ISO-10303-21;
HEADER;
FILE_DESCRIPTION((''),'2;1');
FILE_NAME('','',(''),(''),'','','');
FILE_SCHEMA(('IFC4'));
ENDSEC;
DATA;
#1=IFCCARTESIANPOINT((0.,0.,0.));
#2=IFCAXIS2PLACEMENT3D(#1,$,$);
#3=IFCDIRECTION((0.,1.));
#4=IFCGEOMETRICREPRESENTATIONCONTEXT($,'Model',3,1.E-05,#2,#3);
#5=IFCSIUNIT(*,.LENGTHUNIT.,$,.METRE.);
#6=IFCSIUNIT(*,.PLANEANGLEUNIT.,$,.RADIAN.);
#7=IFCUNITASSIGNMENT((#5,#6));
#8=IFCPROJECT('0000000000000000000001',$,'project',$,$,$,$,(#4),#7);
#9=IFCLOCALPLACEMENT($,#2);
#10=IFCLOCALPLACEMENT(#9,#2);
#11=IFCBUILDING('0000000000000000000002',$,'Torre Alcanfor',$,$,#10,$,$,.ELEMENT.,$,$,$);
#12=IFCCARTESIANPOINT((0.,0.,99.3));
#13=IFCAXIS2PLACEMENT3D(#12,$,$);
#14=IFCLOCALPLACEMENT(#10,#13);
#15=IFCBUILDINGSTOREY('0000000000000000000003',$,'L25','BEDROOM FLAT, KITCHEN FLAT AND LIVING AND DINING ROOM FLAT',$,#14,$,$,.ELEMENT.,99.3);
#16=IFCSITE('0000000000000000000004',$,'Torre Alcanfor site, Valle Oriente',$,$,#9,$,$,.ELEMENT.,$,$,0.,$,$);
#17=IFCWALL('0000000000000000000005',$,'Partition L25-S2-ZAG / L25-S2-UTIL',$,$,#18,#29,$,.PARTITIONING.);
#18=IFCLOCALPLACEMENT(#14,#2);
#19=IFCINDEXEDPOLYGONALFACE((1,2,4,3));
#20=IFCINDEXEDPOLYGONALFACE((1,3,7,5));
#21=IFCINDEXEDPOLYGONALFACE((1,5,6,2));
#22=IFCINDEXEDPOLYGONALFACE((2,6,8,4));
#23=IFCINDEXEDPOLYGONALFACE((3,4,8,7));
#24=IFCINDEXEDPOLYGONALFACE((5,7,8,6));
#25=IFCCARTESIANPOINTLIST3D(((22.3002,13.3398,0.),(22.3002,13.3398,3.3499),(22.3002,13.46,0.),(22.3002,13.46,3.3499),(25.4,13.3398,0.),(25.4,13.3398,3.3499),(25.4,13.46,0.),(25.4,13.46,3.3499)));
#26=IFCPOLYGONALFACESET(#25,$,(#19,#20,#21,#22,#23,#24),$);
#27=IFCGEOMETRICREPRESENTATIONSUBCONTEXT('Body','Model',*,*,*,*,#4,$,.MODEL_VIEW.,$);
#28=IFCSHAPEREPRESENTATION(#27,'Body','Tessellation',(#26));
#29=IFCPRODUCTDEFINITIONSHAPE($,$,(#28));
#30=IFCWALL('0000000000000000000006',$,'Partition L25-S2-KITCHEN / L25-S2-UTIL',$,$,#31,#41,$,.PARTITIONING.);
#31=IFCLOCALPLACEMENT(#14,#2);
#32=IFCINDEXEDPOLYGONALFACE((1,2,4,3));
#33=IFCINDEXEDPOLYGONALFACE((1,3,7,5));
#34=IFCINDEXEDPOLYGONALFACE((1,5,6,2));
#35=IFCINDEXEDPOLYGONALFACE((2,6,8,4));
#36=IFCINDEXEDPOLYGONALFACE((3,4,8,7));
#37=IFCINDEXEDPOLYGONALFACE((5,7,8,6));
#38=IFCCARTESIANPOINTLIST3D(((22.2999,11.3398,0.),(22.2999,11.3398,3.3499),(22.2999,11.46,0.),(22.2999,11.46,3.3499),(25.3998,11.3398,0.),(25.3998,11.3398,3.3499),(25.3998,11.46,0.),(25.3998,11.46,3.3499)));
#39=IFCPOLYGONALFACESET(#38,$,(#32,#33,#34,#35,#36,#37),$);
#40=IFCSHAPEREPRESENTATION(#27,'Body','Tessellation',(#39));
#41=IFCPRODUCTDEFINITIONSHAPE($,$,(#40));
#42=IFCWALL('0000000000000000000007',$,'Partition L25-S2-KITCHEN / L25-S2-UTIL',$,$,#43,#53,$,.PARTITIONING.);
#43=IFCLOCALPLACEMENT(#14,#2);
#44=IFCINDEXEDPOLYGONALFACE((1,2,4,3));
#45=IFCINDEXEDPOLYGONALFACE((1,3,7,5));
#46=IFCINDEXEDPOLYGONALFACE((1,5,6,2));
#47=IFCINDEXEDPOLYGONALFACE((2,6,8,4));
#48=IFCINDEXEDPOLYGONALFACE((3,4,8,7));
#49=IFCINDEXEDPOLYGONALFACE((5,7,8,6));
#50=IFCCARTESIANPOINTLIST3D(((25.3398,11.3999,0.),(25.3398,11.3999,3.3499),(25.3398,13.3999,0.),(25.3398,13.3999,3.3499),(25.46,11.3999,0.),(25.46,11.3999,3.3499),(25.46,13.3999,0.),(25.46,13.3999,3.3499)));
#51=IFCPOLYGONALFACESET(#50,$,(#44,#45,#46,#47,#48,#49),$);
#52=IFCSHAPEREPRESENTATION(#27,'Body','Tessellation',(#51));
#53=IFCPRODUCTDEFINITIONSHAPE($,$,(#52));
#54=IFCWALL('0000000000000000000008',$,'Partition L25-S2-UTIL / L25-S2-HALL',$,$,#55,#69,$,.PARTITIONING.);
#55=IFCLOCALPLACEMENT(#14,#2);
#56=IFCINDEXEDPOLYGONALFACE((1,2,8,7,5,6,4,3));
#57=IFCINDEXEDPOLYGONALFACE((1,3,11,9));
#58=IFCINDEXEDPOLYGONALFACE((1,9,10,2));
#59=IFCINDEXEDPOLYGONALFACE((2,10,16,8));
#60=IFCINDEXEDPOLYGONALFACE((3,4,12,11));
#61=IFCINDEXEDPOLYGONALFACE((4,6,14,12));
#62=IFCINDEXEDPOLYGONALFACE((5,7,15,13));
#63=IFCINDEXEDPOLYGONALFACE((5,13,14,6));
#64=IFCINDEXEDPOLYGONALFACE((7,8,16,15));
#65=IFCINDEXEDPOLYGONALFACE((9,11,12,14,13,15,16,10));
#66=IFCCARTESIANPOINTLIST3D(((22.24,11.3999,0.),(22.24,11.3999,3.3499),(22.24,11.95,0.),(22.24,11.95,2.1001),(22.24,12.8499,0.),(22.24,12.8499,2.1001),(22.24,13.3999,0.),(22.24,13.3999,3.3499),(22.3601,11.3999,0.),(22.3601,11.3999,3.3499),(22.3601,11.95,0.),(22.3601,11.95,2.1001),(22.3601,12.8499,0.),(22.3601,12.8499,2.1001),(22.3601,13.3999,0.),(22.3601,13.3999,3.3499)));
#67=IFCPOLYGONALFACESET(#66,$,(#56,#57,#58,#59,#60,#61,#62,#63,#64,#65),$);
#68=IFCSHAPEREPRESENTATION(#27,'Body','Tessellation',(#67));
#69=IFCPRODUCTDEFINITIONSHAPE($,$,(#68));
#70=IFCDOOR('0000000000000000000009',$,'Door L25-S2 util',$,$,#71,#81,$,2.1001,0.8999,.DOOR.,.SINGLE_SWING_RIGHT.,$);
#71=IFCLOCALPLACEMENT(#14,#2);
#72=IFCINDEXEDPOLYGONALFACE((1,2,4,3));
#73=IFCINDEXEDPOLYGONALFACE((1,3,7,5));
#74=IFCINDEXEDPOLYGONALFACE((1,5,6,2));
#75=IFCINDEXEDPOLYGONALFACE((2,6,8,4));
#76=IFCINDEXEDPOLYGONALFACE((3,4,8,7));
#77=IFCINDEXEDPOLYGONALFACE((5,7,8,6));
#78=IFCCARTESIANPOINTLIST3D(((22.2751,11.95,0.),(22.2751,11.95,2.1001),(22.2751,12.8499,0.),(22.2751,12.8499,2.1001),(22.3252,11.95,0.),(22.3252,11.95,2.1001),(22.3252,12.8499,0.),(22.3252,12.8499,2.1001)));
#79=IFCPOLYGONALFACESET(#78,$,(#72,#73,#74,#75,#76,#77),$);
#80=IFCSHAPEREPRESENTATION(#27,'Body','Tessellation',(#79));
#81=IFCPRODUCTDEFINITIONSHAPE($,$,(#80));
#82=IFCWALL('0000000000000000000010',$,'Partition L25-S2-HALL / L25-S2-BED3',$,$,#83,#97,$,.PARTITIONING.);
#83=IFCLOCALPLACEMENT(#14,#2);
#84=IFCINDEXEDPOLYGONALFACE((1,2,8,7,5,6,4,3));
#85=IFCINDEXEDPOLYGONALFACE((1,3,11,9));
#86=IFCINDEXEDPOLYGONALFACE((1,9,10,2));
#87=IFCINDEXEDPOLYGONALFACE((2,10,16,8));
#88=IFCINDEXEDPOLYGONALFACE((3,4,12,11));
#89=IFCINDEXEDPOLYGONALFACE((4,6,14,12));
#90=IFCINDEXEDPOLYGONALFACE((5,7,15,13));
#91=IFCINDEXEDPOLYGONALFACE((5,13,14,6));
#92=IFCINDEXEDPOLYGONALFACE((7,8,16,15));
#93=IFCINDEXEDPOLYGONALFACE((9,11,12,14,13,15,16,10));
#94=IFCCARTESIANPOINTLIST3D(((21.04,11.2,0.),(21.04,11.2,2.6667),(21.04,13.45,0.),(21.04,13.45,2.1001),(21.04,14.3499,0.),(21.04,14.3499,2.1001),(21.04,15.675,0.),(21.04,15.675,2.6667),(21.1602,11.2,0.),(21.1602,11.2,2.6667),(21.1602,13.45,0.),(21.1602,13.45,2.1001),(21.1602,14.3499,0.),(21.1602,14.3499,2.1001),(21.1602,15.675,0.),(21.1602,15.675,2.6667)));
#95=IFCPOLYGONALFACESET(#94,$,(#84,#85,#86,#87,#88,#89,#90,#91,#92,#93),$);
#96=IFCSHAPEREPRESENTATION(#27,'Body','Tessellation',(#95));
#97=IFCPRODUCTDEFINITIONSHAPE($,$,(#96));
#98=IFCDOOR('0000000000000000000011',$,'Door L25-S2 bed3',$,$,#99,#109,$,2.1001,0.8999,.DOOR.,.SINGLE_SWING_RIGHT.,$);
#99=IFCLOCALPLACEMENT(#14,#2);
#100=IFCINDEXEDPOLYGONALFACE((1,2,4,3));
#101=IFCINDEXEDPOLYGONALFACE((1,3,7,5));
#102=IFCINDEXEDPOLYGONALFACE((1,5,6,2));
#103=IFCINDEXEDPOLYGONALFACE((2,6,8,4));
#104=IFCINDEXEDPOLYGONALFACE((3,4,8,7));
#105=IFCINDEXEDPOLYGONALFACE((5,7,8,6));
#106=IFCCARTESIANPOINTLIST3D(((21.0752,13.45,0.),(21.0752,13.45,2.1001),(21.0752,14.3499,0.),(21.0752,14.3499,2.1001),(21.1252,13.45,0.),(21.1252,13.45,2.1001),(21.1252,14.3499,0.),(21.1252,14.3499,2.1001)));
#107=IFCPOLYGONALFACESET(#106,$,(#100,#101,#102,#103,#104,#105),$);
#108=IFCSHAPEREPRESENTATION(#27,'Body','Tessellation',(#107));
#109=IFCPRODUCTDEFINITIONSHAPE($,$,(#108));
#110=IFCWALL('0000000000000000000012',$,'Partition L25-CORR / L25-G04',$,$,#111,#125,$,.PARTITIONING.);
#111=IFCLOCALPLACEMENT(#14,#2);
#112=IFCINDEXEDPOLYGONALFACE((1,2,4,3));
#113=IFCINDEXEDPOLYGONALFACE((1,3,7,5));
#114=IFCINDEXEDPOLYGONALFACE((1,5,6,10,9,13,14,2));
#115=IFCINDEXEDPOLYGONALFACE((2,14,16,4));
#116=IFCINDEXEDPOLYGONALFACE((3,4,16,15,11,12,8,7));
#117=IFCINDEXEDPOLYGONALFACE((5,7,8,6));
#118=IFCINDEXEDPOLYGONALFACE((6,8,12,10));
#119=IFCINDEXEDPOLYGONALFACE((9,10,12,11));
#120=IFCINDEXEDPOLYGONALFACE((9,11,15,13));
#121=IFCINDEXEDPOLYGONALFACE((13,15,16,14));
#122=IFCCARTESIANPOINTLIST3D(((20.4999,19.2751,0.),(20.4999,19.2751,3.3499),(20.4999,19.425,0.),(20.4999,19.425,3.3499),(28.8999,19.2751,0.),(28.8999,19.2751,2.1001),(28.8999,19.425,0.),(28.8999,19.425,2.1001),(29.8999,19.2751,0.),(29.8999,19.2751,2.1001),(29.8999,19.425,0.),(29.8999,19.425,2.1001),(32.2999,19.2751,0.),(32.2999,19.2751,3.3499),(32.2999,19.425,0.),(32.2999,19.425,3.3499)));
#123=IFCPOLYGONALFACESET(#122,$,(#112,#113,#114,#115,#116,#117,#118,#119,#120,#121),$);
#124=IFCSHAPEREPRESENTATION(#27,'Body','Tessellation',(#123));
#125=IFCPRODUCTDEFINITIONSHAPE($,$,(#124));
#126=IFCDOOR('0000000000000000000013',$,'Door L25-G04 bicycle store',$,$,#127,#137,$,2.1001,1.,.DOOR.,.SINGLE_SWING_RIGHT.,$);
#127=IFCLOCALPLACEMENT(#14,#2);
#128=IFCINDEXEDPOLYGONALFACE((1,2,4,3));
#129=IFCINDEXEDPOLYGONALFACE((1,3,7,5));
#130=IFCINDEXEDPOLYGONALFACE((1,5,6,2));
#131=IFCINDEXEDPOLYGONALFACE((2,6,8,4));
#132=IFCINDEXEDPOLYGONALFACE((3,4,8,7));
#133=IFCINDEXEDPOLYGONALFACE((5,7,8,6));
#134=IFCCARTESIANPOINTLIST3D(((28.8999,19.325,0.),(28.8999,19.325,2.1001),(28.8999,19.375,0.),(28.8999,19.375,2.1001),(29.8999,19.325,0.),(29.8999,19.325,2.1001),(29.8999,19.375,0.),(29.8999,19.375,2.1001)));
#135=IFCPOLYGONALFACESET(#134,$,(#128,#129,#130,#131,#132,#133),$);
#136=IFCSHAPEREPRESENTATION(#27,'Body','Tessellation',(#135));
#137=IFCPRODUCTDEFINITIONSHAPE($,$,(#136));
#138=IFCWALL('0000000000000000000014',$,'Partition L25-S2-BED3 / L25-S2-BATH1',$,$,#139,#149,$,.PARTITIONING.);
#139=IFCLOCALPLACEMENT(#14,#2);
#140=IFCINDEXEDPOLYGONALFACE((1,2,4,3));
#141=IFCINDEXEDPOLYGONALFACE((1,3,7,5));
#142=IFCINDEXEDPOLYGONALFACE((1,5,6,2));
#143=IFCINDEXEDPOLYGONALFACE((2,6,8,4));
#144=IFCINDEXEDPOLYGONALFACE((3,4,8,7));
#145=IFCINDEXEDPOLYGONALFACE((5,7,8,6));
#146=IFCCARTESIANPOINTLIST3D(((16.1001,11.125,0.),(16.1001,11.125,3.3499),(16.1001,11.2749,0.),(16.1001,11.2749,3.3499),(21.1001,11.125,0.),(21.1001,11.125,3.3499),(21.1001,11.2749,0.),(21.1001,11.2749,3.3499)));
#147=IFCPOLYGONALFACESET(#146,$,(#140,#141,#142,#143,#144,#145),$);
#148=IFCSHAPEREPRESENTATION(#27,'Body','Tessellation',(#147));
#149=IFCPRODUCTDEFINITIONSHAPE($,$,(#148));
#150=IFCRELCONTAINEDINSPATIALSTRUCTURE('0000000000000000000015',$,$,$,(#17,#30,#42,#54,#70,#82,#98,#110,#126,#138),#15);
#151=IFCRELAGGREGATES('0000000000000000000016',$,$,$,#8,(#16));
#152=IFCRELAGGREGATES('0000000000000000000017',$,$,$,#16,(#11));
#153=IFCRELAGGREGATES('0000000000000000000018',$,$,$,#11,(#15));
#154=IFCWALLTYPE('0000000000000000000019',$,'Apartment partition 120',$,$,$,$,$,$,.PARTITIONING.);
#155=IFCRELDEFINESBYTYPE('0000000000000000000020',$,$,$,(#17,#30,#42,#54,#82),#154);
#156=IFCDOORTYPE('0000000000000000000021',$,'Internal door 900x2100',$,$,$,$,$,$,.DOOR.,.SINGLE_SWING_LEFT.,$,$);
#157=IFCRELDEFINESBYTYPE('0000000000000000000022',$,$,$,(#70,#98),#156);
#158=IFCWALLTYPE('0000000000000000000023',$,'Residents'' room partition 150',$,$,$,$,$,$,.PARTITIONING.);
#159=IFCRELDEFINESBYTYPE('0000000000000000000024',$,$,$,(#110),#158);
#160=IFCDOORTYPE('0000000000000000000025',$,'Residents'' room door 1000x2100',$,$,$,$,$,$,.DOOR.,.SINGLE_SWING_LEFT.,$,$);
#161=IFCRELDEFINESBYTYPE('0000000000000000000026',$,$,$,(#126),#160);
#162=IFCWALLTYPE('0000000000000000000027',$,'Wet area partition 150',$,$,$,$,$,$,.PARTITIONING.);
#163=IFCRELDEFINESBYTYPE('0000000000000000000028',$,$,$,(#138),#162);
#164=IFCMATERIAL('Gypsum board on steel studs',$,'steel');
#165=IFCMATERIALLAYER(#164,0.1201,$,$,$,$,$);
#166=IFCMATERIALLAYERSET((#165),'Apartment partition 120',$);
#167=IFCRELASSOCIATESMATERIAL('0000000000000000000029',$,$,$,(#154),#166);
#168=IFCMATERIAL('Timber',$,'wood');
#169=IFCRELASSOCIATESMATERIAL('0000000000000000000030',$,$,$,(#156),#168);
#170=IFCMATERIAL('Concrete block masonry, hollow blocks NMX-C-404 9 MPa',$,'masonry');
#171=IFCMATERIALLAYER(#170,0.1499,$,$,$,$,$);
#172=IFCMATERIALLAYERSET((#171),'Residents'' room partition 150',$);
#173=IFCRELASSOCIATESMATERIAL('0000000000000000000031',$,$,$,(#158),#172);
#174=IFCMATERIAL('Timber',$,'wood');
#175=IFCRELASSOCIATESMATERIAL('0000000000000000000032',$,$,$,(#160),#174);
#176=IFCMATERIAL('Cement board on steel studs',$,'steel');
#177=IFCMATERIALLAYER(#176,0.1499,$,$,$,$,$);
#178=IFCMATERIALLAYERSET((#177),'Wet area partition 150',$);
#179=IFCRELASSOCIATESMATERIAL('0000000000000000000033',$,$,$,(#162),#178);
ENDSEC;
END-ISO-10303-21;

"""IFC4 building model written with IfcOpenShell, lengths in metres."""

from ifc_helpers import new_model, si_unit, direction, frame, frame_2d, origin, place, context, subcontext, project, spatial, rectangle, extrude, material, layer, layer_set, type_object, element, fill, save


model = new_model("IFC4")

# Units and contexts
model_context = context("Model", 3, precision=1e-05, world=origin(), true_north=direction((0.0, 1.0)))
body_context = subcontext(model_context, "Body", "Model", "MODEL_VIEW")
ifc_project = project(units=[si_unit("LENGTHUNIT", "METRE"), si_unit("PLANEANGLEUNIT", "RADIAN")], contexts=[model_context])

# Site, building, storey
site_placement = place(None, origin())
site = spatial("IfcSite", under=ifc_project, at=site_placement, Name="Torre Alcanfor site, Valle Oriente", CompositionType="ELEMENT", RefElevation=0.0)
building_placement = place(site_placement, origin())
building = spatial("IfcBuilding", under=site, at=building_placement, Name="Torre Alcanfor", CompositionType="ELEMENT")
storey_placement = place(building_placement, frame((0.0, 0.0, 99.3)))
storey = spatial("IfcBuildingStorey", under=building, at=storey_placement, Name="L25", Description="BEDROOM FLAT, KITCHEN FLAT AND LIVING AND DINING ROOM FLAT", CompositionType="ELEMENT", Elevation=99.3)

# Walls
ifc_material_1 = material(Name="Gypsum board on steel studs", Category="steel")
ifc_layer_1 = layer(ifc_material_1, 0.1201)
ifc_layer_set_1 = layer_set([ifc_layer_1], Name="Apartment partition 120")
wall_type_1 = type_object("IfcWallType", Name="Apartment partition 120", PredefinedType="PARTITIONING", material=ifc_layer_set_1)
for number, where, z_axis, x_axis, name in (
    (1, (25.3999, 13.3999, 0.0), (0.0, 0.0, 1.0), (-1.0, 0.0, 0.0), "Partition L25-S2-ZAG / L25-S2-UTIL"),
    (2, (22.3, 11.3999, 0.0), (0.0, 0.0, 1.0), (1.0, 0.0, 0.0), "Partition L25-S2-KITCHEN / L25-S2-UTIL"),
):
    element("IfcWall", number, at=place(storey_placement, frame(where, z_axis=z_axis, x_axis=x_axis)), inside=storey, type_object=wall_type_1, Name=name, PredefinedType="PARTITIONING", context=body_context, shape_type="SweptSolid", body=[
        extrude(rectangle(XDim=3.0999, YDim=0.1201, at=frame_2d((1.5498, 0.0))), origin(), (0.0, 0.0, 1.0), 3.3499),
    ])
wall_1_placement = place(storey_placement, frame((25.3999, 11.3999, 0.0), z_axis=(0.0, 0.0, 1.0), x_axis=(0.0, 1.0, 0.0)))
element("IfcWall", 3, at=wall_1_placement, inside=storey, type_object=wall_type_1, Name="Partition L25-S2-KITCHEN / L25-S2-UTIL", PredefinedType="PARTITIONING", context=body_context, shape_type="SweptSolid", body=[
    extrude(rectangle(XDim=2.0, YDim=0.1201, at=frame_2d((1.0, 0.0))), origin(), (0.0, 0.0, 1.0), 3.3499),
])

# Walls, openings, doors
wall_2_placement = place(storey_placement, frame((22.3, 11.3999, 0.0), z_axis=(0.0, 0.0, 1.0), x_axis=(0.0, 1.0, 0.0)))
wall_2 = element("IfcWall", 4, at=wall_2_placement, inside=storey, type_object=wall_type_1, Name="Partition L25-S2-UTIL / L25-S2-HALL", PredefinedType="PARTITIONING", context=body_context, shape_type="SweptSolid", body=[
    extrude(rectangle(XDim=2.0, YDim=0.1201, at=frame_2d((1.0, 0.0))), origin(), (0.0, 0.0, 1.0), 3.3499),
])
opening_1_placement = place(wall_2_placement, frame((0.55, 0.0, 0.0)))
opening_1 = element("IfcOpeningElement", 5, at=opening_1_placement, cuts=wall_2, PredefinedType="OPENING", context=body_context, shape_type="SweptSolid", body=[
    extrude(rectangle(XDim=0.8999, YDim=2.1001, at=frame_2d((0.45, 1.05))), frame((0.0, 0.0701, 0.0), z_axis=(0.0, -1.0, 0.0), x_axis=(1.0, 0.0, 0.0)), (0.0, 0.0, 1.0), 0.1401),
])
ifc_material_2 = material(Name="Timber", Category="wood")
door_type_1 = type_object("IfcDoorType", Name="Internal door 900x2100", OperationType="SINGLE_SWING_LEFT", PredefinedType="DOOR", material=ifc_material_2)
door_1_placement = place(opening_1_placement, frame((0.8999, 0.0, 0.0), z_axis=(0.0, 0.0, 1.0), x_axis=(-1.0, 0.0, 0.0)))
door_1 = element("IfcDoor", 6, at=door_1_placement, inside=storey, type_object=door_type_1, Name="Door L25-S2 util", OperationType="SINGLE_SWING_RIGHT", OverallHeight=2.1001, OverallWidth=0.8999, PredefinedType="DOOR", context=body_context, shape_type="SweptSolid", body=[
    extrude(rectangle(XDim=0.8999, YDim=2.1001, at=frame_2d((0.45, 1.05))), frame((0.0, 0.0251, 0.0), z_axis=(0.0, -1.0, 0.0), x_axis=(1.0, 0.0, 0.0)), (0.0, 0.0, 1.0), 0.05),
])
fill(opening_1, door_1)
wall_3_placement = place(storey_placement, frame((21.1001, 11.2, 0.0), z_axis=(0.0, 0.0, 1.0), x_axis=(0.0, 1.0, 0.0)))
wall_3 = element("IfcWall", 7, at=wall_3_placement, inside=storey, type_object=wall_type_1, Name="Partition L25-S2-HALL / L25-S2-BED3", PredefinedType="PARTITIONING", context=body_context, shape_type="SweptSolid", body=[
    extrude(rectangle(XDim=4.4751, YDim=0.1201, at=frame_2d((2.2375, 0.0))), origin(), (0.0, 0.0, 1.0), 2.6667),
])
opening_2_placement = place(wall_3_placement, frame((2.25, 0.0, 0.0)))
opening_2 = element("IfcOpeningElement", 8, at=opening_2_placement, cuts=wall_3, PredefinedType="OPENING", context=body_context, shape_type="SweptSolid", body=[
    extrude(rectangle(XDim=0.8999, YDim=2.1001, at=frame_2d((0.45, 1.05))), frame((0.0, 0.0701, 0.0), z_axis=(0.0, -1.0, 0.0), x_axis=(1.0, 0.0, 0.0)), (0.0, 0.0, 1.0), 0.1401),
])
door_2_placement = place(opening_2_placement, origin())
door_2 = element("IfcDoor", 9, at=door_2_placement, inside=storey, type_object=door_type_1, Name="Door L25-S2 bed3", OperationType="SINGLE_SWING_RIGHT", OverallHeight=2.1001, OverallWidth=0.8999, PredefinedType="DOOR", context=body_context, shape_type="SweptSolid", body=[
    extrude(rectangle(XDim=0.8999, YDim=2.1001, at=frame_2d((0.45, 1.05))), frame((0.0, 0.0249, 0.0), z_axis=(0.0, -1.0, 0.0), x_axis=(1.0, 0.0, 0.0)), (0.0, 0.0, 1.0), 0.05),
])
fill(opening_2, door_2)
ifc_material_3 = material(Name="Concrete block masonry, hollow blocks NMX-C-404 9 MPa", Category="masonry")
ifc_layer_2 = layer(ifc_material_3, 0.1499)
ifc_layer_set_2 = layer_set([ifc_layer_2], Name="Residents' room partition 150")
wall_type_2 = type_object("IfcWallType", Name="Residents' room partition 150", PredefinedType="PARTITIONING", material=ifc_layer_set_2)
wall_4_placement = place(storey_placement, frame((20.5, 19.3501, 0.0), z_axis=(0.0, 0.0, 1.0), x_axis=(1.0, 0.0, 0.0)))
wall_4 = element("IfcWall", 10, at=wall_4_placement, inside=storey, type_object=wall_type_2, Name="Partition L25-CORR / L25-G04", PredefinedType="PARTITIONING", context=body_context, shape_type="SweptSolid", body=[
    extrude(rectangle(XDim=11.8, YDim=0.1499, at=frame_2d((5.8999, 0.0))), origin(), (0.0, 0.0, 1.0), 3.3499),
])
opening_3_placement = place(wall_4_placement, frame((8.3999, 0.0, 0.0)))
opening_3 = element("IfcOpeningElement", 11, at=opening_3_placement, cuts=wall_4, PredefinedType="OPENING", context=body_context, shape_type="SweptSolid", body=[
    extrude(rectangle(XDim=1.0, YDim=2.1001, at=frame_2d((0.5, 1.05))), frame((0.0, 0.085, 0.0), z_axis=(0.0, -1.0, 0.0), x_axis=(1.0, 0.0, 0.0)), (0.0, 0.0, 1.0), 0.1699),
])
ifc_material_4 = material(Name="Timber", Category="wood")
door_type_2 = type_object("IfcDoorType", Name="Residents' room door 1000x2100", OperationType="SINGLE_SWING_LEFT", PredefinedType="DOOR", material=ifc_material_4)
door_3_placement = place(opening_3_placement, origin())
door_3 = element("IfcDoor", 12, at=door_3_placement, inside=storey, type_object=door_type_2, Name="Door L25-G04 bicycle store", OperationType="SINGLE_SWING_RIGHT", OverallHeight=2.1001, OverallWidth=1.0, PredefinedType="DOOR", context=body_context, shape_type="SweptSolid", body=[
    extrude(rectangle(XDim=1.0, YDim=2.1001, at=frame_2d((0.5, 1.05))), frame((0.0, 0.0249, 0.0), z_axis=(0.0, -1.0, 0.0), x_axis=(1.0, 0.0, 0.0)), (0.0, 0.0, 1.0), 0.05),
])
fill(opening_3, door_3)

# Wall
ifc_material_5 = material(Name="Cement board on steel studs", Category="steel")
ifc_layer_3 = layer(ifc_material_5, 0.1499)
ifc_layer_set_3 = layer_set([ifc_layer_3], Name="Wet area partition 150")
wall_type_3 = type_object("IfcWallType", Name="Wet area partition 150", PredefinedType="PARTITIONING", material=ifc_layer_set_3)
wall_5_placement = place(storey_placement, frame((21.1001, 11.2, 0.0), z_axis=(0.0, 0.0, 1.0), x_axis=(-1.0, 0.0, 0.0)))
element("IfcWall", 13, at=wall_5_placement, inside=storey, type_object=wall_type_3, Name="Partition L25-S2-BED3 / L25-S2-BATH1", PredefinedType="PARTITIONING", context=body_context, shape_type="SweptSolid", body=[
    extrude(rectangle(XDim=5.0, YDim=0.1499, at=frame_2d((2.5, 0.0))), origin(), (0.0, 0.0, 1.0), 3.3499),
])

save(model, "model.ifc")
